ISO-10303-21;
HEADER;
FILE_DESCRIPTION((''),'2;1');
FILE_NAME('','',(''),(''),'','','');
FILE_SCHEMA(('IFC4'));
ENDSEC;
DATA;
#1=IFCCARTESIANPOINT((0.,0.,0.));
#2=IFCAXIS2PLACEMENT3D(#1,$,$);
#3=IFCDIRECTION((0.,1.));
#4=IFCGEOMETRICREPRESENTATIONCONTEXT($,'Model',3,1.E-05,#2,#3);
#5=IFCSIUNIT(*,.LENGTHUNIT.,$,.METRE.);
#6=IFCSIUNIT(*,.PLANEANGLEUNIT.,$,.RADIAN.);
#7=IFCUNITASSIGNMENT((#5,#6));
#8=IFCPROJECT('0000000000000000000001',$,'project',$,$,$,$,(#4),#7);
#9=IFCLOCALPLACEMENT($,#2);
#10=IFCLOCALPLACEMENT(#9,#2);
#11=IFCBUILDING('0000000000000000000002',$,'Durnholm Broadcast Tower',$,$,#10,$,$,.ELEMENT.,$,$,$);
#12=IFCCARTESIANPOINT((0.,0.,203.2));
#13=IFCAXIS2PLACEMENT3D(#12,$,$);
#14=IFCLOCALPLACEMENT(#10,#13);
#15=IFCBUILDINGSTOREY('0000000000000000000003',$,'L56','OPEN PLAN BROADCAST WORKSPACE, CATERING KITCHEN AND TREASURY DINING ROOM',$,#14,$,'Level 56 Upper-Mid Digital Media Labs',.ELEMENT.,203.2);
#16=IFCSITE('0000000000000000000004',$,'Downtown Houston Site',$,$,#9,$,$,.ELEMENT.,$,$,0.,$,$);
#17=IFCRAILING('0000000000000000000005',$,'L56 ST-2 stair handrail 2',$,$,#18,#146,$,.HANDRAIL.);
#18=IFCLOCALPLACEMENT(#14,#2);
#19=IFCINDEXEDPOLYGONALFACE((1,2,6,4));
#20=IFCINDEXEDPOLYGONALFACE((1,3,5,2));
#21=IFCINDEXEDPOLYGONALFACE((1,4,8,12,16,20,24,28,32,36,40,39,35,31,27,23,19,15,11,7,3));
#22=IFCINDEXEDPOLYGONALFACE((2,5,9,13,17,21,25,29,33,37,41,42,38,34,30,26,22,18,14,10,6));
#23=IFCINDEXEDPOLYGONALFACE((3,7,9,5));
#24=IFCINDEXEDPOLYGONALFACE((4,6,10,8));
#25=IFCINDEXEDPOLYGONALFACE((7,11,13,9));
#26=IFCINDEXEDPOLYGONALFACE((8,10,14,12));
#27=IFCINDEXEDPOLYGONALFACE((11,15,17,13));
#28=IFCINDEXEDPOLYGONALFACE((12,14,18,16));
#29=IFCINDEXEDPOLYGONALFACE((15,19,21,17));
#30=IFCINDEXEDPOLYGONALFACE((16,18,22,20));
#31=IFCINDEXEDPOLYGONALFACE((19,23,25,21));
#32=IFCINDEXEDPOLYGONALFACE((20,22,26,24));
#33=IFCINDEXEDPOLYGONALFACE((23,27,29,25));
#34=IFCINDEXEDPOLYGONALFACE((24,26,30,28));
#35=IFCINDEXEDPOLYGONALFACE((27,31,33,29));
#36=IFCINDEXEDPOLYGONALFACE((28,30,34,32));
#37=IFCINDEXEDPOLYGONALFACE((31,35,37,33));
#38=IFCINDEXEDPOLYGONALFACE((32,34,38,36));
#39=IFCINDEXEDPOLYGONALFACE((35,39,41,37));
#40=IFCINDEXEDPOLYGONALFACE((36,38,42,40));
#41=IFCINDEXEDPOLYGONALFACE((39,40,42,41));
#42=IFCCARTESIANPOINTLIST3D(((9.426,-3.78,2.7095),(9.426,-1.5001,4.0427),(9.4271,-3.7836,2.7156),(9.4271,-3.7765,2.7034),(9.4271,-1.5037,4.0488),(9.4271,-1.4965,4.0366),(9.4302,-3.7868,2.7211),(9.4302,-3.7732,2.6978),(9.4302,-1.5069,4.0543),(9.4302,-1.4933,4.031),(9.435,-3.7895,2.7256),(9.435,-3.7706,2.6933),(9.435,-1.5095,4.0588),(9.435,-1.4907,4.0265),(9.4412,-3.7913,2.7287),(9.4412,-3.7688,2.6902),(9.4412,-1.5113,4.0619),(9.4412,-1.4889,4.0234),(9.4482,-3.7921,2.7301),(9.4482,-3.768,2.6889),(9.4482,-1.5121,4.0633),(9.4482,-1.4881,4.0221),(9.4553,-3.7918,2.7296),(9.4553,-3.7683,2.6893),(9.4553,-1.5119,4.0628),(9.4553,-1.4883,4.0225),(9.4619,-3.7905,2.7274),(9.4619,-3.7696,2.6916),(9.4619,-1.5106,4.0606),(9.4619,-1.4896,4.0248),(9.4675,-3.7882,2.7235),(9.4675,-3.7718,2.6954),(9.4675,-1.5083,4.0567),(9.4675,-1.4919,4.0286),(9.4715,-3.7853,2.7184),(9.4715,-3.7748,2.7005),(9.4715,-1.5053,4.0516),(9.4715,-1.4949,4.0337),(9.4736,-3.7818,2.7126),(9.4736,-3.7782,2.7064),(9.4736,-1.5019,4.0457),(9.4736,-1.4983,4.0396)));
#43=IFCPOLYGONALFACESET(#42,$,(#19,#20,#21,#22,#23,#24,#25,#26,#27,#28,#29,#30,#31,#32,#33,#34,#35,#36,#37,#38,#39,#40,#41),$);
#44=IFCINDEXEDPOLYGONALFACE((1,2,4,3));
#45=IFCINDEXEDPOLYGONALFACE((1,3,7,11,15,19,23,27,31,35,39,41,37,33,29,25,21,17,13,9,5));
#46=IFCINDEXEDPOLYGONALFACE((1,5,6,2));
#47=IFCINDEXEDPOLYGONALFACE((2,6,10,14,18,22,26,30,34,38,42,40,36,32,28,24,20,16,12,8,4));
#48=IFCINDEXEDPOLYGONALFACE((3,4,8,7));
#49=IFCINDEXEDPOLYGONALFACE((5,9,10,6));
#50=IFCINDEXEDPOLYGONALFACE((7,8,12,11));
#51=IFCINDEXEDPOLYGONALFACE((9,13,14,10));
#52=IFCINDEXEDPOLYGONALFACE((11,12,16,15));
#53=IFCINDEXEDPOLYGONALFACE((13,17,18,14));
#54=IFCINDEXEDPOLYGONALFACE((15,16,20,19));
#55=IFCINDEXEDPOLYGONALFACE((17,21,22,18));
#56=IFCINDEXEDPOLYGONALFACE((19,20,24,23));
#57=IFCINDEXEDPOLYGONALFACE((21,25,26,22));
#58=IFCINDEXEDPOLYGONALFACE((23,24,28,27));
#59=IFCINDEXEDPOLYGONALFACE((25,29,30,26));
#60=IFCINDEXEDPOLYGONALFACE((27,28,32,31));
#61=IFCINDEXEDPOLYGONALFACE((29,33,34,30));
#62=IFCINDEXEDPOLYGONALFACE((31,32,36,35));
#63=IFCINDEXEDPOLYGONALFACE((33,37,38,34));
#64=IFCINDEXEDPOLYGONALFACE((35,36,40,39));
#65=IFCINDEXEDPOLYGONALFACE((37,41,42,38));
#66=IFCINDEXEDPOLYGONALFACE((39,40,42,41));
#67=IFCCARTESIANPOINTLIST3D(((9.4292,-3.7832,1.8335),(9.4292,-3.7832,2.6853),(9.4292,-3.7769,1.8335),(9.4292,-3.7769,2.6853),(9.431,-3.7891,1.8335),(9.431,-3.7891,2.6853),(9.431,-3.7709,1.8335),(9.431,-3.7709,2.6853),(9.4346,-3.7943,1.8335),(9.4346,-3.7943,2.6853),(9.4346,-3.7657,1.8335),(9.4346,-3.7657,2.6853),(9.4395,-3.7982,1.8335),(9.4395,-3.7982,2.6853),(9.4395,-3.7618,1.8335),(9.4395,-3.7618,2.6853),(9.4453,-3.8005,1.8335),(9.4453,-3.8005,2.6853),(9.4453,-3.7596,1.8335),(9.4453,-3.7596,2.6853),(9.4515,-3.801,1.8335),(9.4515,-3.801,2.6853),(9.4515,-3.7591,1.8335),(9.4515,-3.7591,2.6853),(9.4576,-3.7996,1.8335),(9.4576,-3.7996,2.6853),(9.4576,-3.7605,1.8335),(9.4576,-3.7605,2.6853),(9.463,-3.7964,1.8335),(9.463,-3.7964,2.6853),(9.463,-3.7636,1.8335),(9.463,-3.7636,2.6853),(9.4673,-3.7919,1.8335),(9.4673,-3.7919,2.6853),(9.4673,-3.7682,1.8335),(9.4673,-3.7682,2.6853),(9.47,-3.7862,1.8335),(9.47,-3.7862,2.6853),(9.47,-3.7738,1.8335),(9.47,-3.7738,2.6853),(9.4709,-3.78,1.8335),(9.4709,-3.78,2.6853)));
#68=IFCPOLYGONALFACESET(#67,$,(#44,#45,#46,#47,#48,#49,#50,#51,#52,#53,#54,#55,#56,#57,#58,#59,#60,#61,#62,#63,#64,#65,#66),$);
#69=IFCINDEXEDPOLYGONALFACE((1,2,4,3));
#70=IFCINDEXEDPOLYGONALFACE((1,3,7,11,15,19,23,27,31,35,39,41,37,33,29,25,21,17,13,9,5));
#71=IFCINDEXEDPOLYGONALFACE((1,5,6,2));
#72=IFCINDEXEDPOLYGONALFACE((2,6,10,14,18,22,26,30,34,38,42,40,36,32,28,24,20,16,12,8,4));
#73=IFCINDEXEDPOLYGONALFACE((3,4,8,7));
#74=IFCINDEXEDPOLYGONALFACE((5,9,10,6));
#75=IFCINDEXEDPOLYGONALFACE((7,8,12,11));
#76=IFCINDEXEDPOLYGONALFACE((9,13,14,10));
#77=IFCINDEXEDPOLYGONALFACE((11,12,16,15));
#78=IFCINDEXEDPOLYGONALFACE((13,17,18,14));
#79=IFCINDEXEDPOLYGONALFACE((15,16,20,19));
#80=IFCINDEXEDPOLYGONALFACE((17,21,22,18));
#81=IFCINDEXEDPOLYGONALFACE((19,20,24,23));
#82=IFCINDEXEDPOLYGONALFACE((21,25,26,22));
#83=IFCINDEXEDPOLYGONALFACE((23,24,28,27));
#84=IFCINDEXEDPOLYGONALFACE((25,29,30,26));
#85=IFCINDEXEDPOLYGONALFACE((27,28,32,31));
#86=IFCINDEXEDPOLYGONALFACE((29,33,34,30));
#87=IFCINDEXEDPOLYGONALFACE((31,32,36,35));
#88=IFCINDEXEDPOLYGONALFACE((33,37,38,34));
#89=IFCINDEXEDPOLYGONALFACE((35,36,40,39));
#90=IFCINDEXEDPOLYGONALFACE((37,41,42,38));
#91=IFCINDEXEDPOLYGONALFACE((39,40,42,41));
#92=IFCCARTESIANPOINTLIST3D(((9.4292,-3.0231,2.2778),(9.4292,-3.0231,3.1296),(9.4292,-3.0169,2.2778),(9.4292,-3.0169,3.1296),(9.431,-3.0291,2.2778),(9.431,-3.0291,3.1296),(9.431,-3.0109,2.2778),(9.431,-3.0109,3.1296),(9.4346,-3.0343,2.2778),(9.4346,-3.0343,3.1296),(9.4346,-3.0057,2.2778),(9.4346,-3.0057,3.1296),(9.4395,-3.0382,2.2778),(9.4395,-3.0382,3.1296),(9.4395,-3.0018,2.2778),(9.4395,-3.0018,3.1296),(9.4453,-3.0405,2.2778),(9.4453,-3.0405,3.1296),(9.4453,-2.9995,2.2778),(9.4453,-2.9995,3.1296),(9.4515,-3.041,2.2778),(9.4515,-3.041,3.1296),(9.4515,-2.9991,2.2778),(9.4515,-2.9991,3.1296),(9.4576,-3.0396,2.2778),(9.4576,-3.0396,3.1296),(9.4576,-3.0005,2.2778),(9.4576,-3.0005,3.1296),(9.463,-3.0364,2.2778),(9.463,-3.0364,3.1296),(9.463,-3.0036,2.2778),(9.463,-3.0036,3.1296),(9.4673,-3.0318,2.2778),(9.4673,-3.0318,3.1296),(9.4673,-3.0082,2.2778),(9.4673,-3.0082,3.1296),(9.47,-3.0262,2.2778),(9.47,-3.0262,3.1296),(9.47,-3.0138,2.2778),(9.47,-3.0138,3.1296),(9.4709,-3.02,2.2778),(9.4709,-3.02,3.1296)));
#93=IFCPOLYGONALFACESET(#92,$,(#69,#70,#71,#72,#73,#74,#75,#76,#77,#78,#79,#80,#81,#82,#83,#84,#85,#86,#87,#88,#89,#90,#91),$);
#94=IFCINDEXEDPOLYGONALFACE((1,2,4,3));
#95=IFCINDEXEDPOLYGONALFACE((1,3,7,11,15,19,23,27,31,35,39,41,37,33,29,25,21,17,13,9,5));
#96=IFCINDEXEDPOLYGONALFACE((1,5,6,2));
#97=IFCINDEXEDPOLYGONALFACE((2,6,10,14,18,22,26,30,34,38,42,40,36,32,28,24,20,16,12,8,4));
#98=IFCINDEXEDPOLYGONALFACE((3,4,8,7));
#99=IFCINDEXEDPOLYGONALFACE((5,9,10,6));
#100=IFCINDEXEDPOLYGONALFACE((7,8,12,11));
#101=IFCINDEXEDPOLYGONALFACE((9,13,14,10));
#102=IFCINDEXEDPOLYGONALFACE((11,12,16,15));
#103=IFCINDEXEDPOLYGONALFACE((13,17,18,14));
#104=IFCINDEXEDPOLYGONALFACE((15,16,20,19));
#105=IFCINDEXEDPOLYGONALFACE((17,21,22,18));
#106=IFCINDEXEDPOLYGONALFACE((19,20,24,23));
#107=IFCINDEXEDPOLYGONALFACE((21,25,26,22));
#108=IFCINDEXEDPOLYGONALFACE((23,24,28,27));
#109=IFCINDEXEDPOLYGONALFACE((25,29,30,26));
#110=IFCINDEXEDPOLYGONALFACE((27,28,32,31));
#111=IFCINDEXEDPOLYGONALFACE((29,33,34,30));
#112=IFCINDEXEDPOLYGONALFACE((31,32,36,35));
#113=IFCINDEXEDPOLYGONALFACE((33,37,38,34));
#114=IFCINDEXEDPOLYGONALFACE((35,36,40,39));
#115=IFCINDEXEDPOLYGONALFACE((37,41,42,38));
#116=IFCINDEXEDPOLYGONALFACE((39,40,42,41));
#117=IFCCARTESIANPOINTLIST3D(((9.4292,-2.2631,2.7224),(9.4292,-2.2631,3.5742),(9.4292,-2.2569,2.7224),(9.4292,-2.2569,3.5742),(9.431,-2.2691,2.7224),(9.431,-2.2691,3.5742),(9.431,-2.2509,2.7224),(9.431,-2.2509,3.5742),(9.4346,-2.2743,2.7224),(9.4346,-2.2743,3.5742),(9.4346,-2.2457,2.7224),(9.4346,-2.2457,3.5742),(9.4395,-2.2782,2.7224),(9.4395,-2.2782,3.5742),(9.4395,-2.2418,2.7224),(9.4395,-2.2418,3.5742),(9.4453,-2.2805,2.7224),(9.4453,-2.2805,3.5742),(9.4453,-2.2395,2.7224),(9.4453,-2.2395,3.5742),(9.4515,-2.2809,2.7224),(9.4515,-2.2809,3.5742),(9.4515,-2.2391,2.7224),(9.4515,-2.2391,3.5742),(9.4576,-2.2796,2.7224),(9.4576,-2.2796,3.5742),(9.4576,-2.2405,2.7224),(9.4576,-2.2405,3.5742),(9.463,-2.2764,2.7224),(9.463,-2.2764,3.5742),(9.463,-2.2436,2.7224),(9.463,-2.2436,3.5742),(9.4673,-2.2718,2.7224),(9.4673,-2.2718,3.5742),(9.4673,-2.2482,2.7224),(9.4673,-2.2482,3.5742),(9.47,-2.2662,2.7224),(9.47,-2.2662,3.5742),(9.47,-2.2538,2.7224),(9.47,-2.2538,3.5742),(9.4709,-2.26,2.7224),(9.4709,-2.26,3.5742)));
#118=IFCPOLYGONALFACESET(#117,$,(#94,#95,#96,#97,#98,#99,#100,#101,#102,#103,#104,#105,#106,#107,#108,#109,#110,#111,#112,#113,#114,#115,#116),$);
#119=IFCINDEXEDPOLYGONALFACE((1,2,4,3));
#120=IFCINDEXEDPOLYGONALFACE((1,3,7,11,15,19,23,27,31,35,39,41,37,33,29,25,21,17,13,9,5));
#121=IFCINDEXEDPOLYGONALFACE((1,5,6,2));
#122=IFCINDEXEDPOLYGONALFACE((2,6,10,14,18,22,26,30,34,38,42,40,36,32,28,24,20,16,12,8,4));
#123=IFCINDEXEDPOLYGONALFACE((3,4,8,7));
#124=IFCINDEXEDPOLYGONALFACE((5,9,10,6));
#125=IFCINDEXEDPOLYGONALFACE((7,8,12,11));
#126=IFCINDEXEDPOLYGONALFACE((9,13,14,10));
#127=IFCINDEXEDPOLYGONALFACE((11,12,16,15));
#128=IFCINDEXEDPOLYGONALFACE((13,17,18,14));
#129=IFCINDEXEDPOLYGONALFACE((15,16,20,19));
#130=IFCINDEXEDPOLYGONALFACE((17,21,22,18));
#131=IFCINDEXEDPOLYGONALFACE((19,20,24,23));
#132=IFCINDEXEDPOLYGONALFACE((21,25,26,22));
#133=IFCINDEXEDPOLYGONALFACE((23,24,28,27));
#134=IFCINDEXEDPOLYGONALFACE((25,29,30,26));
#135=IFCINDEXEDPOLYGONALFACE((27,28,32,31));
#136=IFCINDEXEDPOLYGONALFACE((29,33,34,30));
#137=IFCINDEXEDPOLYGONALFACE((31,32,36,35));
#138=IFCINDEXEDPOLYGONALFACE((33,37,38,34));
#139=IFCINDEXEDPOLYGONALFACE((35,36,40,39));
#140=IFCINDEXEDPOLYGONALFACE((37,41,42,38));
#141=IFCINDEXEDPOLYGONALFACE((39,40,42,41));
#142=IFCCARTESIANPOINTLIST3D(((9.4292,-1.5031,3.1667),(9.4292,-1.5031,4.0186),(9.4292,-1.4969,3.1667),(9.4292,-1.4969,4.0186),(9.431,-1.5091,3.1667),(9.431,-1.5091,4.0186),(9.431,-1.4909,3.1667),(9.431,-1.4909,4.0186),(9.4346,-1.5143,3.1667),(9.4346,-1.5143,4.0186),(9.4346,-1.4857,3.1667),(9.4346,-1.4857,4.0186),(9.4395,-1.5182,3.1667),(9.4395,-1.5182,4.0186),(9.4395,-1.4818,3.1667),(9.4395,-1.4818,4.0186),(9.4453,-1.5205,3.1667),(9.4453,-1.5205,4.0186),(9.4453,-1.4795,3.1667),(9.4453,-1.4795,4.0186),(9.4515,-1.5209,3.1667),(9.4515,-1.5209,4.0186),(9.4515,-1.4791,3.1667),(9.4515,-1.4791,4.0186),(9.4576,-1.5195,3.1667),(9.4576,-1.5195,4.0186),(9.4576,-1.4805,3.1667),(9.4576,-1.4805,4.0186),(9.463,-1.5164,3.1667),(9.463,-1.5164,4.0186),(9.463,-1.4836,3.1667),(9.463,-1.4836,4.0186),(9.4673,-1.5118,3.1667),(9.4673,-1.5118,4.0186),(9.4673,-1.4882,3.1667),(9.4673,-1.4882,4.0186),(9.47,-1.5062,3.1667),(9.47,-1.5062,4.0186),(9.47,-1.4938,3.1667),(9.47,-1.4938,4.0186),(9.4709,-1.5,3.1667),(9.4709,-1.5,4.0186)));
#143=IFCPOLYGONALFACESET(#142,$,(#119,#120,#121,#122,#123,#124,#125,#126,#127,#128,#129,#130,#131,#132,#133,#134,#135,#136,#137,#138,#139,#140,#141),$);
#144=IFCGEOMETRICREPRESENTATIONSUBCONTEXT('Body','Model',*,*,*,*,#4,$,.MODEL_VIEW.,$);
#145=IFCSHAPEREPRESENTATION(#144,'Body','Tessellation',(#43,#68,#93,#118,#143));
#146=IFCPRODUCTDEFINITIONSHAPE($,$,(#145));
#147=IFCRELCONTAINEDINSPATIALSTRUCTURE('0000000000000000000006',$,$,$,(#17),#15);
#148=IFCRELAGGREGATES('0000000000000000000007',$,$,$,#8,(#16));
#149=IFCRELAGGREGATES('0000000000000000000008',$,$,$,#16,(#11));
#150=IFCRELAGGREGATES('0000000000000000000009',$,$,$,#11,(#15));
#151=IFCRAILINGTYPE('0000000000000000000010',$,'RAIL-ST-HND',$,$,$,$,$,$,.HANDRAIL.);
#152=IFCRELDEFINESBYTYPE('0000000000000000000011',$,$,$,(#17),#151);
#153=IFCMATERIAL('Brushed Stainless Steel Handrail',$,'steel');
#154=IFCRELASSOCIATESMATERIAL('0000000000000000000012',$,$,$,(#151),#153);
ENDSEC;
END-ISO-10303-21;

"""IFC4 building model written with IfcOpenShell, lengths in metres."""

from ifc_helpers import new_model, si_unit, direction, frame, origin, origin_2d, place, context, subcontext, project, spatial, circle, extrude, material, type_object, element, save


model = new_model("IFC4")

# Units and contexts
model_context = context("Model", 3, precision=1e-05, world=origin(), true_north=direction((0.0, 1.0)))
body_context = subcontext(model_context, "Body", "Model", "MODEL_VIEW")
ifc_project = project(units=[si_unit("LENGTHUNIT", "METRE"), si_unit("PLANEANGLEUNIT", "RADIAN")], contexts=[model_context])

# Site, building, storey
site_placement = place(None, origin())
site = spatial("IfcSite", under=ifc_project, at=site_placement, Name="Downtown Houston Site", CompositionType="ELEMENT", RefElevation=0.0)
building_placement = place(site_placement, origin())
building = spatial("IfcBuilding", under=site, at=building_placement, Name="Durnholm Broadcast Tower", CompositionType="ELEMENT")
storey_placement = place(building_placement, frame((0.0, 0.0, 203.2)))
storey = spatial("IfcBuildingStorey", under=building, at=storey_placement, Name="L56", Description="OPEN PLAN BROADCAST WORKSPACE, CATERING KITCHEN AND TREASURY DINING ROOM", LongName="Level 56 Upper-Mid Digital Media Labs", CompositionType="ELEMENT", Elevation=203.2)

# Railing
ifc_material_1 = material(Name="Brushed Stainless Steel Handrail", Category="steel")
railing_type_1 = type_object("IfcRailingType", Name="RAIL-ST-HND", PredefinedType="HANDRAIL", material=ifc_material_1)
railing_1_placement = place(storey_placement, frame((9.45, -3.78, 1.8335)))
element("IfcRailing", 1, at=railing_1_placement, inside=storey, type_object=railing_type_1, Name="L56 ST-2 stair handrail 2", PredefinedType="HANDRAIL", context=body_context, shape_type="SweptSolid", body=[
    extrude(circle(Radius=0.0239, at=origin_2d()), frame((0.0, 0.0, 0.876), z_axis=(0.0, 0.863245, 0.504785), x_axis=(-1.0, 0.0, 0.0)), (0.0, 0.0, 1.0), 2.6411),
    extrude(circle(Radius=0.021, at=origin_2d()), origin(), (0.0, 0.0, 1.0), 0.8518),
    extrude(circle(Radius=0.021, at=origin_2d()), frame((0.0, 0.76, 0.4443)), (0.0, 0.0, 1.0), 0.8518),
    extrude(circle(Radius=0.021, at=origin_2d()), frame((0.0, 1.52, 0.8889)), (0.0, 0.0, 1.0), 0.8518),
    extrude(circle(Radius=0.021, at=origin_2d()), frame((0.0, 2.28, 1.3333)), (0.0, 0.0, 1.0), 0.8518),
])

save(model, "model.ifc")
